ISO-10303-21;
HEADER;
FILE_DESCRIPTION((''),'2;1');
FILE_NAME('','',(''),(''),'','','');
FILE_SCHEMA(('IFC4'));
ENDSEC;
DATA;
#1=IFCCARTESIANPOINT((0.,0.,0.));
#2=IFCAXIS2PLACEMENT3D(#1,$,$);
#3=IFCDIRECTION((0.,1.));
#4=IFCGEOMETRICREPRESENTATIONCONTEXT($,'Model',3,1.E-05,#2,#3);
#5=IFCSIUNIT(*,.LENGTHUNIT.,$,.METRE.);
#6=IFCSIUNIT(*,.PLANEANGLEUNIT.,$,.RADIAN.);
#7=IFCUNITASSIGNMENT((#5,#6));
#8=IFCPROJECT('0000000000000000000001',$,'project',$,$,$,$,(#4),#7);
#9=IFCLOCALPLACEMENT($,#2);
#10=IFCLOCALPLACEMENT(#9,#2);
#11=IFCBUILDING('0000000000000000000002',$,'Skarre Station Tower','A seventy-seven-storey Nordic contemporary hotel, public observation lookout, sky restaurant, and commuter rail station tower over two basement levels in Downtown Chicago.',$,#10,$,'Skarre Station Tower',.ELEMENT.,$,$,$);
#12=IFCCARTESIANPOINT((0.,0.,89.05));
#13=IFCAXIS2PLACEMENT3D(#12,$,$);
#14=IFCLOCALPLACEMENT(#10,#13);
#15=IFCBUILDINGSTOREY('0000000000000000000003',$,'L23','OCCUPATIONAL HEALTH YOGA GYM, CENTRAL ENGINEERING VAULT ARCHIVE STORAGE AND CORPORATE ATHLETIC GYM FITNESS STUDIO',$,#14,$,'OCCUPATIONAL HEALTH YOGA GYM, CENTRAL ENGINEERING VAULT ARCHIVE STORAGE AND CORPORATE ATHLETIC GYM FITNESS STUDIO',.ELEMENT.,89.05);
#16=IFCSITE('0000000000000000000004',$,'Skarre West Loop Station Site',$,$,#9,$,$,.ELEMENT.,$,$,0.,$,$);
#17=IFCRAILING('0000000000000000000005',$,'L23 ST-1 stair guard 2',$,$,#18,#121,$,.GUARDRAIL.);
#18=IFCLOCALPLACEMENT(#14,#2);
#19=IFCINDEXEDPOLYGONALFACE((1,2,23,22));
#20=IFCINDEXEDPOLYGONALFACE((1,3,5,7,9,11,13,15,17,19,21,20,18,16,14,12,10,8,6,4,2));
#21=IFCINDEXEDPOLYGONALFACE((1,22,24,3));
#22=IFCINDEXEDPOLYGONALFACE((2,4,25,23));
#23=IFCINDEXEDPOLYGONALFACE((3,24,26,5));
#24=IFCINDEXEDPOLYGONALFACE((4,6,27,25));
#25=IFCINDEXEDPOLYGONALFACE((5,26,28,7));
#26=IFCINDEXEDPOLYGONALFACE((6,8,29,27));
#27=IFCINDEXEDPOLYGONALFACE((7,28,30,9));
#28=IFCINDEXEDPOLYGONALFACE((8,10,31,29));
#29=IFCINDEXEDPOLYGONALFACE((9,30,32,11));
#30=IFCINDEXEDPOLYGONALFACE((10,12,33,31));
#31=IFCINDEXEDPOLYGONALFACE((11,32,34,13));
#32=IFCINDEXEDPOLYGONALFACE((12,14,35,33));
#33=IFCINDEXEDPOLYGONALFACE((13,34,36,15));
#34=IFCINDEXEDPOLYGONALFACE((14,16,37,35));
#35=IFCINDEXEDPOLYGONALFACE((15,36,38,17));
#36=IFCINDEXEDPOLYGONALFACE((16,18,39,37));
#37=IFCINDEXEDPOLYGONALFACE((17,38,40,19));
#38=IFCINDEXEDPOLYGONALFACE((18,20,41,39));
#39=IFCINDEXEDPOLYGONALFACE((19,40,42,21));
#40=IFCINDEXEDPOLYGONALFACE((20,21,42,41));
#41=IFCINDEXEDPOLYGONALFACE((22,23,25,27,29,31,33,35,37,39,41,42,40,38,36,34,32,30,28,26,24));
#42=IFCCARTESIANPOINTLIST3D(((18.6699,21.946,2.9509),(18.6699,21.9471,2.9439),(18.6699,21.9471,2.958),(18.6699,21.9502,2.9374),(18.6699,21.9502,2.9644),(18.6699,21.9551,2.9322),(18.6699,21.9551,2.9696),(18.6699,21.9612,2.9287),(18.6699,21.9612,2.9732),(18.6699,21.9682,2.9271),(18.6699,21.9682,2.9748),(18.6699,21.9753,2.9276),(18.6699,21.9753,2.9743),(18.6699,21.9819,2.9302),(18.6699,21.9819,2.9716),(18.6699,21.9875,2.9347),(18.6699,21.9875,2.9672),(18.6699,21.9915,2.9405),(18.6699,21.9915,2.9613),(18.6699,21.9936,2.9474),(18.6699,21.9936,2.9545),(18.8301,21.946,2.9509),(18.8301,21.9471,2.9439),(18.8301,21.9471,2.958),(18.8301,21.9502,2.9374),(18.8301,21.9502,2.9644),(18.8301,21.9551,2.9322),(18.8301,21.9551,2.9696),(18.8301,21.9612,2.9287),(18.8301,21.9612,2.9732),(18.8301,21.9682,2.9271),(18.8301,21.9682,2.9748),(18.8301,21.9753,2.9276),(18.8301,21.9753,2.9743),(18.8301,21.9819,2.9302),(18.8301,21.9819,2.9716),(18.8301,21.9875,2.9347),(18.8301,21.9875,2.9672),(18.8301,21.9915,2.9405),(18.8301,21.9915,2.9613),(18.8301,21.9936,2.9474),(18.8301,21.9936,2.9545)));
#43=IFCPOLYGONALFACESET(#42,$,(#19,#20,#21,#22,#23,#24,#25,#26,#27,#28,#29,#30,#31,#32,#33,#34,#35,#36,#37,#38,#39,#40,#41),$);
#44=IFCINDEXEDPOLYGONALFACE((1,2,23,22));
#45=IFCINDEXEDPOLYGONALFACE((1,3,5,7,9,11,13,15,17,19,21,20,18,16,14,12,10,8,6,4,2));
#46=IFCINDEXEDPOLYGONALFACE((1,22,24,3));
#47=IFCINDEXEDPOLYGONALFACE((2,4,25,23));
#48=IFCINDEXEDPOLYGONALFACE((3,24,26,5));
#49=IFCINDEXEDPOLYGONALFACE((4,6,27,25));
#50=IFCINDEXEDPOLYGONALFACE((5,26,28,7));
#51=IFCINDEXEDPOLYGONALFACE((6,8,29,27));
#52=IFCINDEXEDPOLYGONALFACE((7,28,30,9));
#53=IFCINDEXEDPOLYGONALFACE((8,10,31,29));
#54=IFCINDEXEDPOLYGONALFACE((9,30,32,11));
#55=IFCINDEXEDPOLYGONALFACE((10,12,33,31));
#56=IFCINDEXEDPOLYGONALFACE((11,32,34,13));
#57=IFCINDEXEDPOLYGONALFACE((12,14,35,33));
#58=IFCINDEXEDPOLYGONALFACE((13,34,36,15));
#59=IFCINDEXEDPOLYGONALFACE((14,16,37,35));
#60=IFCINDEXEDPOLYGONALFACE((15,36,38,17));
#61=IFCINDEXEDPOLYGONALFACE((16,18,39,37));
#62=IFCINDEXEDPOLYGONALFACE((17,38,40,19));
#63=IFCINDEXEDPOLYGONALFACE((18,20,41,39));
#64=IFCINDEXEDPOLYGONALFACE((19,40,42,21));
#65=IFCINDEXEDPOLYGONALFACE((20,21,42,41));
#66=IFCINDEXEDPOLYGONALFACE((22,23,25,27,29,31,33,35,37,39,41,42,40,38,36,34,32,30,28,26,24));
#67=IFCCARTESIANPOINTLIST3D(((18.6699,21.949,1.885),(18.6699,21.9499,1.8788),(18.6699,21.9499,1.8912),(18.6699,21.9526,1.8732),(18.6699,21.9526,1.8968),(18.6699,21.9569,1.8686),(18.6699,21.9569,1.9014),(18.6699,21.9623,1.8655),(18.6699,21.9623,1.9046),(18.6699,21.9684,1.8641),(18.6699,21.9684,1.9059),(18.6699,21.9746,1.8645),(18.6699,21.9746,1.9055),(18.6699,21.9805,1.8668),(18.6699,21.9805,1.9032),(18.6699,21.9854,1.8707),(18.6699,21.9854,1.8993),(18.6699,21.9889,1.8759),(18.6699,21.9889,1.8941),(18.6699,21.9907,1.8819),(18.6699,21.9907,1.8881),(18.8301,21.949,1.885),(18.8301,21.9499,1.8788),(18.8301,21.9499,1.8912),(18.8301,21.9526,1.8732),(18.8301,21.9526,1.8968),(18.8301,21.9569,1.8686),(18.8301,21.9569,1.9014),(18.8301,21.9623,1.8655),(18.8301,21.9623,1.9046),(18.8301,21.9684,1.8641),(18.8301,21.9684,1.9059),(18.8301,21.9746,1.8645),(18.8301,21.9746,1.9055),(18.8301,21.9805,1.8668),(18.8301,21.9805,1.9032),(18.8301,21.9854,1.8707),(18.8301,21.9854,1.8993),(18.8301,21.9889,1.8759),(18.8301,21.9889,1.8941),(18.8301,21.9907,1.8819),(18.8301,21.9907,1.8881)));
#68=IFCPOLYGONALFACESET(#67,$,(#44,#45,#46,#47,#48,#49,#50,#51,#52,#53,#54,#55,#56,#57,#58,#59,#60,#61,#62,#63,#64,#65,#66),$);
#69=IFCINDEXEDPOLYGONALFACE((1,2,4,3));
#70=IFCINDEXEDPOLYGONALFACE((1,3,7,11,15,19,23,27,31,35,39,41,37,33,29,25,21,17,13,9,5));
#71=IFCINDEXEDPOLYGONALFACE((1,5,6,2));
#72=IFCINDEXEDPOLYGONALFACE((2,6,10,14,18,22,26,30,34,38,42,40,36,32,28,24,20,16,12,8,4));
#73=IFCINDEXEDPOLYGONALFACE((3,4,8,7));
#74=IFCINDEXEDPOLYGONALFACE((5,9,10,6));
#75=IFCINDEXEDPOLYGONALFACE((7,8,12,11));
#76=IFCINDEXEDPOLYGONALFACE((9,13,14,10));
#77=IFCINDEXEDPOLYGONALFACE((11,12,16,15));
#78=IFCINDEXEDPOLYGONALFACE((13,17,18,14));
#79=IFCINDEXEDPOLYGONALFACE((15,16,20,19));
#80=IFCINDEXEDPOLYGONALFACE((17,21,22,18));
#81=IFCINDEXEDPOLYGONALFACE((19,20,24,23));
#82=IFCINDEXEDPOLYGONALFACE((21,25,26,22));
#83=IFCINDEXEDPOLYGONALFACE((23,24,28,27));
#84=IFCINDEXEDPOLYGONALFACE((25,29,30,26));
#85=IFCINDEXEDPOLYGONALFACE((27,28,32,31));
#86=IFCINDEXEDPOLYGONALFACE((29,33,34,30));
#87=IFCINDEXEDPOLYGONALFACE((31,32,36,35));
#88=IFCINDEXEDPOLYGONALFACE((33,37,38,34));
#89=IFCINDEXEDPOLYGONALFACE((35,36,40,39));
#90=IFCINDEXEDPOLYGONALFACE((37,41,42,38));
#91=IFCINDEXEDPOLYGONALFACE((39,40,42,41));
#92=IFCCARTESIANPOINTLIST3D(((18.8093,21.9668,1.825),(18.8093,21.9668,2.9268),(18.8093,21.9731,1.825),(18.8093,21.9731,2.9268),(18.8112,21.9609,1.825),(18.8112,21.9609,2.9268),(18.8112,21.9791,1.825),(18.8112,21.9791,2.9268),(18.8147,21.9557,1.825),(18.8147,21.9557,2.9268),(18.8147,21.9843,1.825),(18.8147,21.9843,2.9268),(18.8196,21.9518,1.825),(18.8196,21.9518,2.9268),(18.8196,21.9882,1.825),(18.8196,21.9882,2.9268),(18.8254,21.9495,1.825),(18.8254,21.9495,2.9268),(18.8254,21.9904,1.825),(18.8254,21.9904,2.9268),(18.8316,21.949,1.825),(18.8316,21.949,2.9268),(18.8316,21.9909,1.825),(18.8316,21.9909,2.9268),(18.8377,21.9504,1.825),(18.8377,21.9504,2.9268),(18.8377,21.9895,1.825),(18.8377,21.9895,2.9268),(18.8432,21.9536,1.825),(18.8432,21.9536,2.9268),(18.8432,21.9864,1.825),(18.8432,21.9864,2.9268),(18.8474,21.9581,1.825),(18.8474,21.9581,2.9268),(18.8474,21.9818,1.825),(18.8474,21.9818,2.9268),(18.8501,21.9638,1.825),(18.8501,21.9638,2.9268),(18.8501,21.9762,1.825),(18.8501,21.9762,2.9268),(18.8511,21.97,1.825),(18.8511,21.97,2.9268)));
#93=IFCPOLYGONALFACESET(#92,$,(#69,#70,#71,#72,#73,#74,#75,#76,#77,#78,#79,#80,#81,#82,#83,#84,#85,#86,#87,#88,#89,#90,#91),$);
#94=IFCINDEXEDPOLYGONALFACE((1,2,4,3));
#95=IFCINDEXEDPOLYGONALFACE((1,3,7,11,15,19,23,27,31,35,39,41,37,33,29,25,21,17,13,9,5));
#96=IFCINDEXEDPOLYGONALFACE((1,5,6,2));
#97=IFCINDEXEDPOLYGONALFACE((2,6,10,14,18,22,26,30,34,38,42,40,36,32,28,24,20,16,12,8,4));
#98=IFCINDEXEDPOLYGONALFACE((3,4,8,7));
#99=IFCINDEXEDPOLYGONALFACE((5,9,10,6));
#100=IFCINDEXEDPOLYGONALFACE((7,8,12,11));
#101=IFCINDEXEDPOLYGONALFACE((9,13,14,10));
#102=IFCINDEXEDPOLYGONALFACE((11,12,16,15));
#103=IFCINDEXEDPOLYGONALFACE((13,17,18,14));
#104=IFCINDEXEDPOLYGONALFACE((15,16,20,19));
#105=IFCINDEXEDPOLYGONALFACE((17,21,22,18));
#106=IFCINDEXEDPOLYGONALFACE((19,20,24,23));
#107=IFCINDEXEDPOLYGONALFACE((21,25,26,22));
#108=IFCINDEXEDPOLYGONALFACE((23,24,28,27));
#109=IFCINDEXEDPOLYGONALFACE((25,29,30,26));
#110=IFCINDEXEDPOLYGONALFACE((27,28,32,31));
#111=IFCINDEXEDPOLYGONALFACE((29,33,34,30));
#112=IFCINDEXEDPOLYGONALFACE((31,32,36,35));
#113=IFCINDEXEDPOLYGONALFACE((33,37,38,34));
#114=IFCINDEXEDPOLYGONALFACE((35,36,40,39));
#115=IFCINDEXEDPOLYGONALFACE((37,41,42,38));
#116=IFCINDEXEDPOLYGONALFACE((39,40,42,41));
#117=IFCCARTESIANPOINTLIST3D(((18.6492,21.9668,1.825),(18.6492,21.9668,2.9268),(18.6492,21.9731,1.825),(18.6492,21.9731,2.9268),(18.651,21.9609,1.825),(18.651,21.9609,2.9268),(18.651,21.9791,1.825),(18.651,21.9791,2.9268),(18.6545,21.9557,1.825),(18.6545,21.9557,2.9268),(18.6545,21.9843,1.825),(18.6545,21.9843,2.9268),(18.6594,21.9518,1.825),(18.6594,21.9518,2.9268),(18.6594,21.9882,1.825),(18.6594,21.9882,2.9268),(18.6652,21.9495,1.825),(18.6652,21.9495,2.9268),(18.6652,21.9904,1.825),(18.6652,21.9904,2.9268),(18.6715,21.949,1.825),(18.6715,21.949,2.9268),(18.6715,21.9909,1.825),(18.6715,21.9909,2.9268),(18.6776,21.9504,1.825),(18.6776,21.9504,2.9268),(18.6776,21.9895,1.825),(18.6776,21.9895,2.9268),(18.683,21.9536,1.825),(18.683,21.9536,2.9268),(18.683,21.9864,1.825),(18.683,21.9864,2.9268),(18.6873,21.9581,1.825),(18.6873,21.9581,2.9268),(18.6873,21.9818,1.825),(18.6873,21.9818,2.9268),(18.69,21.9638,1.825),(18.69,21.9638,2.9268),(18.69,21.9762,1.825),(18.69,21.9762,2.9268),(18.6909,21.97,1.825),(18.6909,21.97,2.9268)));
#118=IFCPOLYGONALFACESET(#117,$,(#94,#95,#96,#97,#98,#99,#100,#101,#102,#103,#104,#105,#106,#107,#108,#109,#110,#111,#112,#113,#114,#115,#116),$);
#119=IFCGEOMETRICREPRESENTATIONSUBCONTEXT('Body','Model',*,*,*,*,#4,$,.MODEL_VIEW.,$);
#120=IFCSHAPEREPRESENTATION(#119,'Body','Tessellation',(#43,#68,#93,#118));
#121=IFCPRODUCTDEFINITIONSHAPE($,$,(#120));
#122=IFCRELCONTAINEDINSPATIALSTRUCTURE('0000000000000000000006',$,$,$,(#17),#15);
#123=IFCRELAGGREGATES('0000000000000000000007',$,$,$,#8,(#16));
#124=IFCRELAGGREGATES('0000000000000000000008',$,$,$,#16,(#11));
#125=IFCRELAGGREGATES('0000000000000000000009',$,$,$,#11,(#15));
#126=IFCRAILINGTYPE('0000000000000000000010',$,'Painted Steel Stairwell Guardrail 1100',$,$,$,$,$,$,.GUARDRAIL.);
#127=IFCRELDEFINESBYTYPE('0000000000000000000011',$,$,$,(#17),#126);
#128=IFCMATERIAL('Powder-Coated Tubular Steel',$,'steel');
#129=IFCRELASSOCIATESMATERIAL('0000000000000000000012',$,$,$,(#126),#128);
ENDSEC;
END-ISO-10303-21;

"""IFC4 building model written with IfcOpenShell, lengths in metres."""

from ifc_helpers import new_model, si_unit, direction, frame, origin, origin_2d, place, context, subcontext, project, spatial, circle, extrude, material, type_object, element, save


model = new_model("IFC4")

# Units and contexts
model_context = context("Model", 3, precision=1e-05, world=origin(), true_north=direction((0.0, 1.0)))
body_context = subcontext(model_context, "Body", "Model", "MODEL_VIEW")
ifc_project = project(units=[si_unit("LENGTHUNIT", "METRE"), si_unit("PLANEANGLEUNIT", "RADIAN")], contexts=[model_context])

# Site, building, storey
site_placement = place(None, origin())
site = spatial("IfcSite", under=ifc_project, at=site_placement, Name="Skarre West Loop Station Site", CompositionType="ELEMENT", RefElevation=0.0)
building_placement = place(site_placement, origin())
building = spatial("IfcBuilding", under=site, at=building_placement, Name="Skarre Station Tower", Description="A seventy-seven-storey Nordic contemporary hotel, public observation lookout, sky restaurant, and commuter rail station tower over two basement levels in Downtown Chicago.", LongName="Skarre Station Tower", CompositionType="ELEMENT")
storey_placement = place(building_placement, frame((0.0, 0.0, 89.05)))
storey = spatial("IfcBuildingStorey", under=building, at=storey_placement, Name="L23", Description="OCCUPATIONAL HEALTH YOGA GYM, CENTRAL ENGINEERING VAULT ARCHIVE STORAGE AND CORPORATE ATHLETIC GYM FITNESS STUDIO", LongName="OCCUPATIONAL HEALTH YOGA GYM, CENTRAL ENGINEERING VAULT ARCHIVE STORAGE AND CORPORATE ATHLETIC GYM FITNESS STUDIO", CompositionType="ELEMENT", Elevation=89.05)

# Railing
ifc_material_1 = material(Name="Powder-Coated Tubular Steel", Category="steel")
railing_type_1 = type_object("IfcRailingType", Name="Painted Steel Stairwell Guardrail 1100", PredefinedType="GUARDRAIL", material=ifc_material_1)
railing_1_placement = place(storey_placement, frame((18.8301, 21.97, 1.825)))
element("IfcRailing", 1, at=railing_1_placement, inside=storey, type_object=railing_type_1, Name="L23 ST-1 stair guard 2", PredefinedType="GUARDRAIL", context=body_context, shape_type="SweptSolid", body=[
    extrude(circle(Radius=0.0239, at=origin_2d()), frame((0.0, 0.0, 1.126), z_axis=(-1.0, 0.0, 0.0), x_axis=(0.0, -1.0, 0.0)), (0.0, 0.0, 1.0), 0.1602),
    extrude(circle(Radius=0.021, at=origin_2d()), frame((0.0, 0.0, 0.0601), z_axis=(-1.0, 0.0, 0.0), x_axis=(0.0, -1.0, 0.0)), (0.0, 0.0, 1.0), 0.1602),
    extrude(circle(Radius=0.021, at=origin_2d()), origin(), (0.0, 0.0, 1.0), 1.1018),
    extrude(circle(Radius=0.021, at=origin_2d()), frame((-0.1602, 0.0, 0.0)), (0.0, 0.0, 1.0), 1.1018),
])

save(model, "model.ifc")
